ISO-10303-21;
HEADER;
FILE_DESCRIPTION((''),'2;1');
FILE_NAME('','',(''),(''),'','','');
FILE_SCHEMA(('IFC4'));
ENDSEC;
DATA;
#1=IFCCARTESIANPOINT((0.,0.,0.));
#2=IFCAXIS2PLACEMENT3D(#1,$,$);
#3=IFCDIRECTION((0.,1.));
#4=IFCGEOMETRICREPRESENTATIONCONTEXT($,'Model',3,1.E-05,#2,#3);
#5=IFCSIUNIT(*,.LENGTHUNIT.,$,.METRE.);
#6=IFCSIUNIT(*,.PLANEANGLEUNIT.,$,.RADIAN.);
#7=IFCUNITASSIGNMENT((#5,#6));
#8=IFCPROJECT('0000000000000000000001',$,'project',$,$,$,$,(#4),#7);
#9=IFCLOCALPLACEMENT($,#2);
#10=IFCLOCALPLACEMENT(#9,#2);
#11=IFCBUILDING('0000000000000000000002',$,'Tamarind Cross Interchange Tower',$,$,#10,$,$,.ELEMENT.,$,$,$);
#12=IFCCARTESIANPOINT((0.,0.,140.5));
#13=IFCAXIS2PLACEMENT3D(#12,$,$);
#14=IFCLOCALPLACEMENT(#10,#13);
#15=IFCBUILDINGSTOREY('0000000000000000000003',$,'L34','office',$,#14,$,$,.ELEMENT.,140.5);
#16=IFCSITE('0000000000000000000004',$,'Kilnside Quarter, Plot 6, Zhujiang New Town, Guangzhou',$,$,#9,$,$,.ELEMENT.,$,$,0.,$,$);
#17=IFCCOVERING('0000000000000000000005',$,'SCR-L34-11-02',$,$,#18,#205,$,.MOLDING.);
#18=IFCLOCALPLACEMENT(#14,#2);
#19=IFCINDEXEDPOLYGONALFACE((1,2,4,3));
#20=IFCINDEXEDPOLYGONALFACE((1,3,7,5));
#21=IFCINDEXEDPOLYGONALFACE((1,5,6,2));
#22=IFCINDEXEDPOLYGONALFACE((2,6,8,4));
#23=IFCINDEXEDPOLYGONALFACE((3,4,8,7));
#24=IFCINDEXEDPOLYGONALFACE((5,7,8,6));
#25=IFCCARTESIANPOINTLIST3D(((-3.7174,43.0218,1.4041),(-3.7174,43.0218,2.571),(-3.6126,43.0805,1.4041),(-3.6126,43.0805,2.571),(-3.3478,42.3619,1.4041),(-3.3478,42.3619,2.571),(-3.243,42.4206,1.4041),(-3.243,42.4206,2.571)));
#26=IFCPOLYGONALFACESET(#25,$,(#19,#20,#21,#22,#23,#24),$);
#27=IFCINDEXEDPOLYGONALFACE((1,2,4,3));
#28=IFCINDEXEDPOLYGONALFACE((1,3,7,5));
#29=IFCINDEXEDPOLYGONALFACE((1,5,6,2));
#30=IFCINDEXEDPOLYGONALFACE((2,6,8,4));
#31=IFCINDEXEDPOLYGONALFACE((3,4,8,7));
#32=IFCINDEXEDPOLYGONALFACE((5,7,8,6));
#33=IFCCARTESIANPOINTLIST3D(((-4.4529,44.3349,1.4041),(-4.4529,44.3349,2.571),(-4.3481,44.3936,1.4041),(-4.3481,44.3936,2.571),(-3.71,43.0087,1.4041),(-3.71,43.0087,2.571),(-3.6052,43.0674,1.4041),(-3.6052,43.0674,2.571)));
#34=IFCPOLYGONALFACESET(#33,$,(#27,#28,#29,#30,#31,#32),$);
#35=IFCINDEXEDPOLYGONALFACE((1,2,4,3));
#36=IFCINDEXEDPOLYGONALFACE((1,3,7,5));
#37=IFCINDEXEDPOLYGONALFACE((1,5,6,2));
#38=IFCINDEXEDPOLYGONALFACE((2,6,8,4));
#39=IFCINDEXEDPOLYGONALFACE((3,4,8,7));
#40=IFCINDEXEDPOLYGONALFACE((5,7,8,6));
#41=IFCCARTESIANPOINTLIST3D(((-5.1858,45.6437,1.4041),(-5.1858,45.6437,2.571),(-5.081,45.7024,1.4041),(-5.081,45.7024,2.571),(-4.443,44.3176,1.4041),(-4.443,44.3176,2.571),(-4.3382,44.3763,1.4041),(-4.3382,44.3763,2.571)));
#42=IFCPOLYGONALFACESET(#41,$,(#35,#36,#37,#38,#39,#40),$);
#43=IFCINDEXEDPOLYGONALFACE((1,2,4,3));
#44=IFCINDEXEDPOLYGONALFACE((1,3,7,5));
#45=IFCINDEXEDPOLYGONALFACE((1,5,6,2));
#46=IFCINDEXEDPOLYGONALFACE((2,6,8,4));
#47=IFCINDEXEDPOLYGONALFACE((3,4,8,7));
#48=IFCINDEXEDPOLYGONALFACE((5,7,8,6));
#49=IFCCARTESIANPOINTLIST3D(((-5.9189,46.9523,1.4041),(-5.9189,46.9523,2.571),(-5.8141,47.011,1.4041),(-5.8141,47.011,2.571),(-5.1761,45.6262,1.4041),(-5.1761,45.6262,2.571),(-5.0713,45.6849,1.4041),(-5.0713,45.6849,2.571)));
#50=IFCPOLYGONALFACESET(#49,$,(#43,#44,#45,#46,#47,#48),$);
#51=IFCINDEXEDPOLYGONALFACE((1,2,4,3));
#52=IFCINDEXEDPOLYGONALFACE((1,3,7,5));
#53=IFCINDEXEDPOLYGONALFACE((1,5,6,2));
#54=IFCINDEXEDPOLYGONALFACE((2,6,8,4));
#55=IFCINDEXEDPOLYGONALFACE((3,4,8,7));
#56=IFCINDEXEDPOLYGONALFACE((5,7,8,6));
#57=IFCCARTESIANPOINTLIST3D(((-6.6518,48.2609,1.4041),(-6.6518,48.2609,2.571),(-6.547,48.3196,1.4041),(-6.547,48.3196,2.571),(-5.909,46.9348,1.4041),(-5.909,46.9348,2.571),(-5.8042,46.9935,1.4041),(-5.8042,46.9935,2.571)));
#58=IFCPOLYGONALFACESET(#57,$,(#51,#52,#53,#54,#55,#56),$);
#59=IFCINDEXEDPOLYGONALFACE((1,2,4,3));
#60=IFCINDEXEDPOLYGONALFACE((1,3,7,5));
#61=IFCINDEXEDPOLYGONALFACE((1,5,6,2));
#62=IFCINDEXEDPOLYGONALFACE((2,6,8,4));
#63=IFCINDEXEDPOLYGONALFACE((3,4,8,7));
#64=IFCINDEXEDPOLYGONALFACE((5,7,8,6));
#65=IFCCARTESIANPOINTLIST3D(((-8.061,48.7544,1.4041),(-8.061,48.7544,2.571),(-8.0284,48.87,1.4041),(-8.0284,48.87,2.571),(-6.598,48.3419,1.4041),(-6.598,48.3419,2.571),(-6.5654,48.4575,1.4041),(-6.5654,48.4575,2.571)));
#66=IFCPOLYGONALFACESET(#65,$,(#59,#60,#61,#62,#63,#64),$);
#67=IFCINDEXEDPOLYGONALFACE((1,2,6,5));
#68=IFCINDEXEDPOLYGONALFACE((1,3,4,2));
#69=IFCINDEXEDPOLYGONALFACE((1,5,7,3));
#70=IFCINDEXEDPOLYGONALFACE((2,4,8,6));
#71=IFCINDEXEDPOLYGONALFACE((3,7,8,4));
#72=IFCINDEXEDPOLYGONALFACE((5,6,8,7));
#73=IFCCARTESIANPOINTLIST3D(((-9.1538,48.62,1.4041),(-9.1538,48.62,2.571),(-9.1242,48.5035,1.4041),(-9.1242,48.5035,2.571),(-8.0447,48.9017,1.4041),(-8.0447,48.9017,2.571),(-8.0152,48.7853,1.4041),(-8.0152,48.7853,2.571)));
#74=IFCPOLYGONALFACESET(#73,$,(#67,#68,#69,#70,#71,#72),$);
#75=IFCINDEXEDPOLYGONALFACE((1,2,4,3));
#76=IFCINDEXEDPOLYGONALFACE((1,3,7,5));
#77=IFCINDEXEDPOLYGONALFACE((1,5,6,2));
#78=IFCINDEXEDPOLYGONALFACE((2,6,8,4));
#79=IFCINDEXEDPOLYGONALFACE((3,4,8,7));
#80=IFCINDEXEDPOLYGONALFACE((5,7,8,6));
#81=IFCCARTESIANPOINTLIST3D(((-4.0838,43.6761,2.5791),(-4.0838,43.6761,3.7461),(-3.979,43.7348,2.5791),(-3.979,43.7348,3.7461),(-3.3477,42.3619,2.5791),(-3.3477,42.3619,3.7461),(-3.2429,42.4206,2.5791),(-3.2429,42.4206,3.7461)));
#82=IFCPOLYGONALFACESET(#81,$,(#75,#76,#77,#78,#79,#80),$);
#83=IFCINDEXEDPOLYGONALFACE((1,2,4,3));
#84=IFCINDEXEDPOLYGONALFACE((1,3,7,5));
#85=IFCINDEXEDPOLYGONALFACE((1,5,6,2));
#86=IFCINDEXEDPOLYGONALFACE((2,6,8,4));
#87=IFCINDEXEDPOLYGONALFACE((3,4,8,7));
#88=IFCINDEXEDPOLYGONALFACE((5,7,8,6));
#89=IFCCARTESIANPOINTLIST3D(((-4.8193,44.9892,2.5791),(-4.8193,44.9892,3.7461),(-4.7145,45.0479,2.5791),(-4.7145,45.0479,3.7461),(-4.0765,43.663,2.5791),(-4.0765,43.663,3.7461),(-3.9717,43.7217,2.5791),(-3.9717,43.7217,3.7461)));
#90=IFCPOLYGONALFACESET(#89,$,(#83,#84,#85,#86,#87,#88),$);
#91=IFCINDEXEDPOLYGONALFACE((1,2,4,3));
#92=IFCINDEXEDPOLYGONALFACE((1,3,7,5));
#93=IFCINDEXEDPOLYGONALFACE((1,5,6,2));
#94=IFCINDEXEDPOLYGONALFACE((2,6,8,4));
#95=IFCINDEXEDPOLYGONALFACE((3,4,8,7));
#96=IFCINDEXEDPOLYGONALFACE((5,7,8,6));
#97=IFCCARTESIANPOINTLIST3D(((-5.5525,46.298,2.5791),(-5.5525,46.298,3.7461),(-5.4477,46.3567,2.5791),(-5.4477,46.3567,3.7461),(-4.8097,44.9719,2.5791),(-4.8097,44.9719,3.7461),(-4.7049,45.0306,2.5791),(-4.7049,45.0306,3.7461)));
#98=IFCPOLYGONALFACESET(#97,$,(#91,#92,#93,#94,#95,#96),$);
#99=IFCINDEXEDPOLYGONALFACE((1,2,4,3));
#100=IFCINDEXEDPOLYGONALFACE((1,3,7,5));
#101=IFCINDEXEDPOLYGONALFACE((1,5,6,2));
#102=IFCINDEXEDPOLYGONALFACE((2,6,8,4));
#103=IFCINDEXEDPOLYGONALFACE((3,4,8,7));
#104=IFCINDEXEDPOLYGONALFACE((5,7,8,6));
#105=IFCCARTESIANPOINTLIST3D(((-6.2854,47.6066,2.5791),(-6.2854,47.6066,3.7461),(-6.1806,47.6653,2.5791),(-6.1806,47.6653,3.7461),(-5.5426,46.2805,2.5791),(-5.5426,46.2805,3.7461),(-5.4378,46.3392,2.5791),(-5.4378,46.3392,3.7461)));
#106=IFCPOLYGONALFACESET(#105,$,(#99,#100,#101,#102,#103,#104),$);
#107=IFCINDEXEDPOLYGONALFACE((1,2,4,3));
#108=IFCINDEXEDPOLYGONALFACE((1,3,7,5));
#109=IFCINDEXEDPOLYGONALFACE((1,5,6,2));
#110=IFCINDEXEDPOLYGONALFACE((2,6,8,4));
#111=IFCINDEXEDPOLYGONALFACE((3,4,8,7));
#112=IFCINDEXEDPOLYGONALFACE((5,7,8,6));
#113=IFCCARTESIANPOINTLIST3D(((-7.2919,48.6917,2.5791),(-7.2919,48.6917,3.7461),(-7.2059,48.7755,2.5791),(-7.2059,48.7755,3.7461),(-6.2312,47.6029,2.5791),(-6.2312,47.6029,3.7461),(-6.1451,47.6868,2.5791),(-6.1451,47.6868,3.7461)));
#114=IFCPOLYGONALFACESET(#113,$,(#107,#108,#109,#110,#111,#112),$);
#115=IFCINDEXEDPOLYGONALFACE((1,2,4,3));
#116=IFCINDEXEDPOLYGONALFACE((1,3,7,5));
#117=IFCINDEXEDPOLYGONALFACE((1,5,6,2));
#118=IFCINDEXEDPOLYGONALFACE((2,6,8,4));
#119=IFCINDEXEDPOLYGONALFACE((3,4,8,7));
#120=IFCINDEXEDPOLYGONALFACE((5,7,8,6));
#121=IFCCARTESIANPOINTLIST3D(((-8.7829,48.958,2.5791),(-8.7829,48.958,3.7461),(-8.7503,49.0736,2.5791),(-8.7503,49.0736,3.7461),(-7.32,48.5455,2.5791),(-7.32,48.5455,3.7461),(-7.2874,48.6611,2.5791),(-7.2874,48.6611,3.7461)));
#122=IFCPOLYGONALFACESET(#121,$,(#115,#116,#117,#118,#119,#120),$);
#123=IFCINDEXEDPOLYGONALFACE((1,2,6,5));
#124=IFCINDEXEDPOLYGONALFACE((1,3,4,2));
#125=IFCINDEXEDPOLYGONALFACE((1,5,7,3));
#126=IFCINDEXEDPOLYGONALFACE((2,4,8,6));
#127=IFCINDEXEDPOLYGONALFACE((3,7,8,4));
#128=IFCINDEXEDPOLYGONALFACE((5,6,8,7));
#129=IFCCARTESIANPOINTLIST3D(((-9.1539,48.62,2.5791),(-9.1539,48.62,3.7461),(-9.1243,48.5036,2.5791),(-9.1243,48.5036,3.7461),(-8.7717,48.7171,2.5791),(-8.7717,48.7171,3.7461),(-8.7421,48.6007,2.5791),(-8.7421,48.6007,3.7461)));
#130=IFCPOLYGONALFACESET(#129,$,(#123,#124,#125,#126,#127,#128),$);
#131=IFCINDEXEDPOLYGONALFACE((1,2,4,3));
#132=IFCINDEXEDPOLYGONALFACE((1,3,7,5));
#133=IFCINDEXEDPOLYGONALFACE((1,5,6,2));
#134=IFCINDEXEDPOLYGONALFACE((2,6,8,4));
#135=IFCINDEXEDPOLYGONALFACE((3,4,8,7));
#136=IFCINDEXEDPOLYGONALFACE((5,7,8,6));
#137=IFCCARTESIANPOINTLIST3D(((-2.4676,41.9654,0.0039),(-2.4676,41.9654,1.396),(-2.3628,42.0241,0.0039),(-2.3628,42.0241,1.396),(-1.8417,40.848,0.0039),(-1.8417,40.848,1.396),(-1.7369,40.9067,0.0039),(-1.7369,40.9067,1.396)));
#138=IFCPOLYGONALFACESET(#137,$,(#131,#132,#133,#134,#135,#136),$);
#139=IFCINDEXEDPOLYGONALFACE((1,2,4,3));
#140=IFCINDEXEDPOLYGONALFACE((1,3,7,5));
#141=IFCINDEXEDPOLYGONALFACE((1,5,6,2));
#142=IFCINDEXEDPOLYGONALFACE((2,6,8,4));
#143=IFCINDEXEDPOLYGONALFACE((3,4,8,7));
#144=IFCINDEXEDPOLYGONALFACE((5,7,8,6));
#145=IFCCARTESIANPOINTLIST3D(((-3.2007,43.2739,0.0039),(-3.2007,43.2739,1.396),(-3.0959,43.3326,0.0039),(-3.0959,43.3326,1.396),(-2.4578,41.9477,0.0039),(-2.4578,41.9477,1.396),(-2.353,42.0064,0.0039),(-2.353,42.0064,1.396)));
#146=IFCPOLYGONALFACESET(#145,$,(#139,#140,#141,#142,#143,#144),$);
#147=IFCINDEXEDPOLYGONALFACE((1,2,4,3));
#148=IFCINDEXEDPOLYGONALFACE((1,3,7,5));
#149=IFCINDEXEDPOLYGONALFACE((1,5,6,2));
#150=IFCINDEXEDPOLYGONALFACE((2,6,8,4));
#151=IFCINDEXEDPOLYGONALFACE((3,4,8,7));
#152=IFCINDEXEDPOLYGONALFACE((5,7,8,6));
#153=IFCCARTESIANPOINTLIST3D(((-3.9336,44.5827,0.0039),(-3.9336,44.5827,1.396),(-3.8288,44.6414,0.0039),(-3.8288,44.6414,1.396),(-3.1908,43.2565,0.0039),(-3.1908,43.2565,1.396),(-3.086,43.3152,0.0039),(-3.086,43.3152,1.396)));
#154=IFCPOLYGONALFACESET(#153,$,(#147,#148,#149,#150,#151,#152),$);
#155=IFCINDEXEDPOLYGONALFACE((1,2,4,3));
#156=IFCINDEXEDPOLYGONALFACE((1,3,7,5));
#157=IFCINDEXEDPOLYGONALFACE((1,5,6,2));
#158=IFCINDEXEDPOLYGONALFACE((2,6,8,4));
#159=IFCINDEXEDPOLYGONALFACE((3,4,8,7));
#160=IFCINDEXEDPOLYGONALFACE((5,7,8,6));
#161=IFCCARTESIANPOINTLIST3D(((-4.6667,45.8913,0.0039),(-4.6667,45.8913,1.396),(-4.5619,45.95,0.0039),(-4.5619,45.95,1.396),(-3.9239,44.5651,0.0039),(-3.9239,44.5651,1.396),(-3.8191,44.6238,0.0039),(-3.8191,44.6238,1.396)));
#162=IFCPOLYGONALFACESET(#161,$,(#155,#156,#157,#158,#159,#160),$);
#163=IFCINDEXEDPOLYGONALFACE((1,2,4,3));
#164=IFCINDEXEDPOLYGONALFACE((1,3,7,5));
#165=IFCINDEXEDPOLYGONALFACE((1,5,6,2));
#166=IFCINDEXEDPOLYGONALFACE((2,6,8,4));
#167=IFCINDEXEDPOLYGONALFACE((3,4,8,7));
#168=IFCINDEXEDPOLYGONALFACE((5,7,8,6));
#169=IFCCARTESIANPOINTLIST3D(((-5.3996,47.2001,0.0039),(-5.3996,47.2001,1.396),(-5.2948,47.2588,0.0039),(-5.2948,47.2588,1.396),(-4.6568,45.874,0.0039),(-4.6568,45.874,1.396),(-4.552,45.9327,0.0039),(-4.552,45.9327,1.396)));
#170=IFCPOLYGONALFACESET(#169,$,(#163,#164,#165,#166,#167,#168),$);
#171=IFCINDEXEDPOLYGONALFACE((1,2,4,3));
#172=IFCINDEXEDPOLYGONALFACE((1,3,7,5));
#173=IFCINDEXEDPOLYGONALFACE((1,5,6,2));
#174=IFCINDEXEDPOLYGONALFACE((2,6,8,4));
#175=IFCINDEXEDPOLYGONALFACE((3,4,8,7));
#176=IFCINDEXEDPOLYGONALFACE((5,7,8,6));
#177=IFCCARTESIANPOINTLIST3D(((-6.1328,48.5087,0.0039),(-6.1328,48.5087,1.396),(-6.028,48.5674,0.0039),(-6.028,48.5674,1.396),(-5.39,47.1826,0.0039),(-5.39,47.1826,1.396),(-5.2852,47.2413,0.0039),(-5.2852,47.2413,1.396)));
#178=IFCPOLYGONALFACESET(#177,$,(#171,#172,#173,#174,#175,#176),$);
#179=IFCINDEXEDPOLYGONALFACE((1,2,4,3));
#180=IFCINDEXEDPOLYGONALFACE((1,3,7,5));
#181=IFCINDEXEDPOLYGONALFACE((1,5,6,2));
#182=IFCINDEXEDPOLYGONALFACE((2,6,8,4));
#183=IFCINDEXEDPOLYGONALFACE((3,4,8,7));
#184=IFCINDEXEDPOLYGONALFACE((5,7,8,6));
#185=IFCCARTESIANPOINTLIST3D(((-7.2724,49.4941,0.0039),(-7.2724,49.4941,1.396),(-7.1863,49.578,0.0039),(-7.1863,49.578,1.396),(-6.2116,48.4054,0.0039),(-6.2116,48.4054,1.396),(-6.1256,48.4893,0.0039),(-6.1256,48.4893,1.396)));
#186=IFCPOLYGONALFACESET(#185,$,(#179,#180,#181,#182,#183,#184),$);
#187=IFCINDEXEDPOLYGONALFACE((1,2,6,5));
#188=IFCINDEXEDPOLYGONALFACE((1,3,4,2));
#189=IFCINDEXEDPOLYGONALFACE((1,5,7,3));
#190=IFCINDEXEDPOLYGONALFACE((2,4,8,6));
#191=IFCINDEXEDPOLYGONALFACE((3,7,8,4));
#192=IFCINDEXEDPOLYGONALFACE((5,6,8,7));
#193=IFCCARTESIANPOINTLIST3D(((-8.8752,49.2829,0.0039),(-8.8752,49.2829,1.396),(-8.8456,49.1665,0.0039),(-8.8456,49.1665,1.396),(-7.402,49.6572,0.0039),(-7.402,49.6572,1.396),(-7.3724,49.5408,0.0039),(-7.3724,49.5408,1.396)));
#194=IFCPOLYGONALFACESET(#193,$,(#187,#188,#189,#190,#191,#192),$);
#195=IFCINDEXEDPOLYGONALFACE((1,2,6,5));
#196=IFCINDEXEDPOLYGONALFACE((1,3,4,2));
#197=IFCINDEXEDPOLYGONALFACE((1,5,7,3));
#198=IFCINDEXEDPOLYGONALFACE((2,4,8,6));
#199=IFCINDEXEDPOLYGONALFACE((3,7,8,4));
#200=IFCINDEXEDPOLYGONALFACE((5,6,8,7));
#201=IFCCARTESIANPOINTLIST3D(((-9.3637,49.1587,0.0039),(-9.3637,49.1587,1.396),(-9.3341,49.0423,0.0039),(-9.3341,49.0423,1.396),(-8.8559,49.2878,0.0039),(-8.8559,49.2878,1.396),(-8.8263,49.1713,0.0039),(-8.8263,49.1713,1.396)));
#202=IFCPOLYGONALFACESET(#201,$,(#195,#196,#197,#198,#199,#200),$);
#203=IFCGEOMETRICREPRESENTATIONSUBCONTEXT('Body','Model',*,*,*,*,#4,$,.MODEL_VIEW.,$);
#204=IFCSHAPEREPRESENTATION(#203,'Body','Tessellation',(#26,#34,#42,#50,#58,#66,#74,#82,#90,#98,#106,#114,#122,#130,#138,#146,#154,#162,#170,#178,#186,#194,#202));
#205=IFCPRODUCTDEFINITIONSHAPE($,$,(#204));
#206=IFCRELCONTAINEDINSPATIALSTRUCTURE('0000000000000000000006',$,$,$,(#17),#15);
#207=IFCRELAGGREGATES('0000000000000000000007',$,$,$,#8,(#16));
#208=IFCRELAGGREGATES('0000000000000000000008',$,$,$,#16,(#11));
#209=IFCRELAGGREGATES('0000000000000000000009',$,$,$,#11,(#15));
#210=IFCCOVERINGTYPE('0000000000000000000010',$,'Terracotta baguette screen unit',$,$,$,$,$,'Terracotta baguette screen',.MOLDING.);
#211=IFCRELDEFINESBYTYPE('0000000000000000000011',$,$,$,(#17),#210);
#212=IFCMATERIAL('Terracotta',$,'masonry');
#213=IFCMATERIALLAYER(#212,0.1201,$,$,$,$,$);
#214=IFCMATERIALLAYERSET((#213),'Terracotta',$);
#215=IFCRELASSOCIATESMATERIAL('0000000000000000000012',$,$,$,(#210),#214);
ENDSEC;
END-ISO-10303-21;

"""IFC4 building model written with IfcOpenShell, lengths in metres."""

from ifc_helpers import new_model, si_unit, direction, frame, origin, origin_2d, place, context, subcontext, project, spatial, rectangle, extrude, material, layer, layer_set, type_object, element, save


model = new_model("IFC4")

# Units and contexts
model_context = context("Model", 3, precision=1e-05, world=origin(), true_north=direction((0.0, 1.0)))
body_context = subcontext(model_context, "Body", "Model", "MODEL_VIEW")
ifc_project = project(units=[si_unit("LENGTHUNIT", "METRE"), si_unit("PLANEANGLEUNIT", "RADIAN")], contexts=[model_context])

# Site, building, storey
site_placement = place(None, origin())
site = spatial("IfcSite", under=ifc_project, at=site_placement, Name="Kilnside Quarter, Plot 6, Zhujiang New Town, Guangzhou", CompositionType="ELEMENT", RefElevation=0.0)
building_placement = place(site_placement, origin())
building = spatial("IfcBuilding", under=site, at=building_placement, Name="Tamarind Cross Interchange Tower", CompositionType="ELEMENT")
storey_placement = place(building_placement, frame((0.0, 0.0, 140.5)))
storey = spatial("IfcBuildingStorey", under=building, at=storey_placement, Name="L34", Description="office", CompositionType="ELEMENT", Elevation=140.5)

# Covering
ifc_material_1 = material(Name="Terracotta", Category="masonry")
ifc_layer_1 = layer(ifc_material_1, 0.1201)
ifc_layer_set_1 = layer_set([ifc_layer_1], Name="Terracotta")
covering_type = type_object("IfcCoveringType", Name="Terracotta baguette screen unit", ElementType="Terracotta baguette screen", PredefinedType="MOLDING", material=ifc_layer_set_1)
covering_1_placement = place(storey_placement, origin())
element("IfcCovering", 1, at=covering_1_placement, inside=storey, type_object=covering_type, Name="SCR-L34-11-02", PredefinedType="MOLDING", context=body_context, shape_type="SweptSolid", body=[
    extrude(rectangle(XDim=0.7563, YDim=0.1201, at=origin_2d()), frame((-3.4802, 42.7212, 1.4041), z_axis=(0.0, 0.0, 1.0), x_axis=(-0.488688, 0.872458, 0.0)), (0.0, 0.0, 1.0), 1.167),
    extrude(rectangle(XDim=1.52, YDim=0.1201, at=origin_2d()), frame((-4.0291, 43.7012, 1.4041), z_axis=(0.0, 0.0, 1.0), x_axis=(-0.488688, 0.872458, 0.0)), (0.0, 0.0, 1.0), 1.167),
    extrude(rectangle(XDim=1.52, YDim=0.1201, at=origin_2d()), frame((-4.762, 45.01, 1.4041), z_axis=(0.0, 0.0, 1.0), x_axis=(-0.488688, 0.872458, 0.0)), (0.0, 0.0, 1.0), 1.167),
    extrude(rectangle(XDim=1.52, YDim=0.1201, at=origin_2d()), frame((-5.4951, 46.3186, 1.4041), z_axis=(0.0, 0.0, 1.0), x_axis=(-0.488688, 0.872458, 0.0)), (0.0, 0.0, 1.0), 1.167),
    extrude(rectangle(XDim=1.52, YDim=0.1201, at=origin_2d()), frame((-6.228, 47.6272, 1.4041), z_axis=(0.0, 0.0, 1.0), x_axis=(-0.488688, 0.872458, 0.0)), (0.0, 0.0, 1.0), 1.167),
    extrude(rectangle(XDim=1.52, YDim=0.1201, at=origin_2d()), frame((-7.3132, 48.606, 1.4041), z_axis=(0.0, 0.0, 1.0), x_axis=(-0.962476, 0.271367, 0.0)), (0.0, 0.0, 1.0), 1.167),
    extrude(rectangle(XDim=1.1443, YDim=0.1201, at=origin_2d()), frame((-8.5845, 48.7026, 1.4041), z_axis=(0.0, 0.0, 1.0), x_axis=(-0.969212, -0.246228, 0.0)), (0.0, 0.0, 1.0), 1.167),
    extrude(rectangle(XDim=1.5063, YDim=0.1201, at=origin_2d()), frame((-3.6633, 43.0483, 2.5791), z_axis=(0.0, 0.0, 1.0), x_axis=(-0.488688, 0.872458, 0.0)), (0.0, 0.0, 1.0), 1.167),
    extrude(rectangle(XDim=1.52, YDim=0.1201, at=origin_2d()), frame((-4.3955, 44.3555, 2.5791), z_axis=(0.0, 0.0, 1.0), x_axis=(-0.488688, 0.872458, 0.0)), (0.0, 0.0, 1.0), 1.167),
    extrude(rectangle(XDim=1.52, YDim=0.1201, at=origin_2d()), frame((-5.1287, 45.6643, 2.5791), z_axis=(0.0, 0.0, 1.0), x_axis=(-0.488688, 0.872458, 0.0)), (0.0, 0.0, 1.0), 1.167),
    extrude(rectangle(XDim=1.52, YDim=0.1201, at=origin_2d()), frame((-5.8616, 46.9729, 2.5791), z_axis=(0.0, 0.0, 1.0), x_axis=(-0.488688, 0.872458, 0.0)), (0.0, 0.0, 1.0), 1.167),
    extrude(rectangle(XDim=1.52, YDim=0.1201, at=origin_2d()), frame((-6.7185, 48.1892, 2.5791), z_axis=(0.0, 0.0, 1.0), x_axis=(-0.697845, 0.716248, 0.0)), (0.0, 0.0, 1.0), 1.167),
    extrude(rectangle(XDim=1.52, YDim=0.1201, at=origin_2d()), frame((-8.0352, 48.8096, 2.5791), z_axis=(0.0, 0.0, 1.0), x_axis=(-0.962476, 0.271367, 0.0)), (0.0, 0.0, 1.0), 1.167),
    extrude(rectangle(XDim=0.3943, YDim=0.1201, at=origin_2d()), frame((-8.948, 48.6104, 2.5791), z_axis=(0.0, 0.0, 1.0), x_axis=(-0.969212, -0.246228, 0.0)), (0.0, 0.0, 1.0), 1.167),
    extrude(rectangle(XDim=1.2808, YDim=0.1201, at=origin_2d()), frame((-2.1023, 41.436, 0.0039), z_axis=(0.0, 0.0, 1.0), x_axis=(-0.488688, 0.872458, 0.0)), (0.0, 0.0, 1.0), 1.3921),
    extrude(rectangle(XDim=1.52, YDim=0.1201, at=origin_2d()), frame((-2.7769, 42.6401, 0.0039), z_axis=(0.0, 0.0, 1.0), x_axis=(-0.488688, 0.872458, 0.0)), (0.0, 0.0, 1.0), 1.3921),
    extrude(rectangle(XDim=1.52, YDim=0.1201, at=origin_2d()), frame((-3.5098, 43.949, 0.0039), z_axis=(0.0, 0.0, 1.0), x_axis=(-0.488688, 0.872458, 0.0)), (0.0, 0.0, 1.0), 1.3921),
    extrude(rectangle(XDim=1.52, YDim=0.1201, at=origin_2d()), frame((-4.2429, 45.2576, 0.0039), z_axis=(0.0, 0.0, 1.0), x_axis=(-0.488688, 0.872458, 0.0)), (0.0, 0.0, 1.0), 1.3921),
    extrude(rectangle(XDim=1.52, YDim=0.1201, at=origin_2d()), frame((-4.9758, 46.5664, 0.0039), z_axis=(0.0, 0.0, 1.0), x_axis=(-0.488688, 0.872458, 0.0)), (0.0, 0.0, 1.0), 1.3921),
    extrude(rectangle(XDim=1.52, YDim=0.1201, at=origin_2d()), frame((-5.709, 47.875, 0.0039), z_axis=(0.0, 0.0, 1.0), x_axis=(-0.488688, 0.872458, 0.0)), (0.0, 0.0, 1.0), 1.3921),
    extrude(rectangle(XDim=1.52, YDim=0.1201, at=origin_2d()), frame((-6.699, 48.9917, 0.0039), z_axis=(0.0, 0.0, 1.0), x_axis=(-0.697845, 0.716248, 0.0)), (0.0, 0.0, 1.0), 1.3921),
    extrude(rectangle(XDim=1.52, YDim=0.1201, at=origin_2d()), frame((-8.1238, 49.4119, 0.0039), z_axis=(0.0, 0.0, 1.0), x_axis=(-0.969212, -0.246228, 0.0)), (0.0, 0.0, 1.0), 1.3921),
    extrude(rectangle(XDim=0.5239, YDim=0.1201, at=origin_2d()), frame((-9.095, 49.165, 0.0039), z_axis=(0.0, 0.0, 1.0), x_axis=(-0.969212, -0.246228, 0.0)), (0.0, 0.0, 1.0), 1.3921),
])

save(model, "model.ifc")
